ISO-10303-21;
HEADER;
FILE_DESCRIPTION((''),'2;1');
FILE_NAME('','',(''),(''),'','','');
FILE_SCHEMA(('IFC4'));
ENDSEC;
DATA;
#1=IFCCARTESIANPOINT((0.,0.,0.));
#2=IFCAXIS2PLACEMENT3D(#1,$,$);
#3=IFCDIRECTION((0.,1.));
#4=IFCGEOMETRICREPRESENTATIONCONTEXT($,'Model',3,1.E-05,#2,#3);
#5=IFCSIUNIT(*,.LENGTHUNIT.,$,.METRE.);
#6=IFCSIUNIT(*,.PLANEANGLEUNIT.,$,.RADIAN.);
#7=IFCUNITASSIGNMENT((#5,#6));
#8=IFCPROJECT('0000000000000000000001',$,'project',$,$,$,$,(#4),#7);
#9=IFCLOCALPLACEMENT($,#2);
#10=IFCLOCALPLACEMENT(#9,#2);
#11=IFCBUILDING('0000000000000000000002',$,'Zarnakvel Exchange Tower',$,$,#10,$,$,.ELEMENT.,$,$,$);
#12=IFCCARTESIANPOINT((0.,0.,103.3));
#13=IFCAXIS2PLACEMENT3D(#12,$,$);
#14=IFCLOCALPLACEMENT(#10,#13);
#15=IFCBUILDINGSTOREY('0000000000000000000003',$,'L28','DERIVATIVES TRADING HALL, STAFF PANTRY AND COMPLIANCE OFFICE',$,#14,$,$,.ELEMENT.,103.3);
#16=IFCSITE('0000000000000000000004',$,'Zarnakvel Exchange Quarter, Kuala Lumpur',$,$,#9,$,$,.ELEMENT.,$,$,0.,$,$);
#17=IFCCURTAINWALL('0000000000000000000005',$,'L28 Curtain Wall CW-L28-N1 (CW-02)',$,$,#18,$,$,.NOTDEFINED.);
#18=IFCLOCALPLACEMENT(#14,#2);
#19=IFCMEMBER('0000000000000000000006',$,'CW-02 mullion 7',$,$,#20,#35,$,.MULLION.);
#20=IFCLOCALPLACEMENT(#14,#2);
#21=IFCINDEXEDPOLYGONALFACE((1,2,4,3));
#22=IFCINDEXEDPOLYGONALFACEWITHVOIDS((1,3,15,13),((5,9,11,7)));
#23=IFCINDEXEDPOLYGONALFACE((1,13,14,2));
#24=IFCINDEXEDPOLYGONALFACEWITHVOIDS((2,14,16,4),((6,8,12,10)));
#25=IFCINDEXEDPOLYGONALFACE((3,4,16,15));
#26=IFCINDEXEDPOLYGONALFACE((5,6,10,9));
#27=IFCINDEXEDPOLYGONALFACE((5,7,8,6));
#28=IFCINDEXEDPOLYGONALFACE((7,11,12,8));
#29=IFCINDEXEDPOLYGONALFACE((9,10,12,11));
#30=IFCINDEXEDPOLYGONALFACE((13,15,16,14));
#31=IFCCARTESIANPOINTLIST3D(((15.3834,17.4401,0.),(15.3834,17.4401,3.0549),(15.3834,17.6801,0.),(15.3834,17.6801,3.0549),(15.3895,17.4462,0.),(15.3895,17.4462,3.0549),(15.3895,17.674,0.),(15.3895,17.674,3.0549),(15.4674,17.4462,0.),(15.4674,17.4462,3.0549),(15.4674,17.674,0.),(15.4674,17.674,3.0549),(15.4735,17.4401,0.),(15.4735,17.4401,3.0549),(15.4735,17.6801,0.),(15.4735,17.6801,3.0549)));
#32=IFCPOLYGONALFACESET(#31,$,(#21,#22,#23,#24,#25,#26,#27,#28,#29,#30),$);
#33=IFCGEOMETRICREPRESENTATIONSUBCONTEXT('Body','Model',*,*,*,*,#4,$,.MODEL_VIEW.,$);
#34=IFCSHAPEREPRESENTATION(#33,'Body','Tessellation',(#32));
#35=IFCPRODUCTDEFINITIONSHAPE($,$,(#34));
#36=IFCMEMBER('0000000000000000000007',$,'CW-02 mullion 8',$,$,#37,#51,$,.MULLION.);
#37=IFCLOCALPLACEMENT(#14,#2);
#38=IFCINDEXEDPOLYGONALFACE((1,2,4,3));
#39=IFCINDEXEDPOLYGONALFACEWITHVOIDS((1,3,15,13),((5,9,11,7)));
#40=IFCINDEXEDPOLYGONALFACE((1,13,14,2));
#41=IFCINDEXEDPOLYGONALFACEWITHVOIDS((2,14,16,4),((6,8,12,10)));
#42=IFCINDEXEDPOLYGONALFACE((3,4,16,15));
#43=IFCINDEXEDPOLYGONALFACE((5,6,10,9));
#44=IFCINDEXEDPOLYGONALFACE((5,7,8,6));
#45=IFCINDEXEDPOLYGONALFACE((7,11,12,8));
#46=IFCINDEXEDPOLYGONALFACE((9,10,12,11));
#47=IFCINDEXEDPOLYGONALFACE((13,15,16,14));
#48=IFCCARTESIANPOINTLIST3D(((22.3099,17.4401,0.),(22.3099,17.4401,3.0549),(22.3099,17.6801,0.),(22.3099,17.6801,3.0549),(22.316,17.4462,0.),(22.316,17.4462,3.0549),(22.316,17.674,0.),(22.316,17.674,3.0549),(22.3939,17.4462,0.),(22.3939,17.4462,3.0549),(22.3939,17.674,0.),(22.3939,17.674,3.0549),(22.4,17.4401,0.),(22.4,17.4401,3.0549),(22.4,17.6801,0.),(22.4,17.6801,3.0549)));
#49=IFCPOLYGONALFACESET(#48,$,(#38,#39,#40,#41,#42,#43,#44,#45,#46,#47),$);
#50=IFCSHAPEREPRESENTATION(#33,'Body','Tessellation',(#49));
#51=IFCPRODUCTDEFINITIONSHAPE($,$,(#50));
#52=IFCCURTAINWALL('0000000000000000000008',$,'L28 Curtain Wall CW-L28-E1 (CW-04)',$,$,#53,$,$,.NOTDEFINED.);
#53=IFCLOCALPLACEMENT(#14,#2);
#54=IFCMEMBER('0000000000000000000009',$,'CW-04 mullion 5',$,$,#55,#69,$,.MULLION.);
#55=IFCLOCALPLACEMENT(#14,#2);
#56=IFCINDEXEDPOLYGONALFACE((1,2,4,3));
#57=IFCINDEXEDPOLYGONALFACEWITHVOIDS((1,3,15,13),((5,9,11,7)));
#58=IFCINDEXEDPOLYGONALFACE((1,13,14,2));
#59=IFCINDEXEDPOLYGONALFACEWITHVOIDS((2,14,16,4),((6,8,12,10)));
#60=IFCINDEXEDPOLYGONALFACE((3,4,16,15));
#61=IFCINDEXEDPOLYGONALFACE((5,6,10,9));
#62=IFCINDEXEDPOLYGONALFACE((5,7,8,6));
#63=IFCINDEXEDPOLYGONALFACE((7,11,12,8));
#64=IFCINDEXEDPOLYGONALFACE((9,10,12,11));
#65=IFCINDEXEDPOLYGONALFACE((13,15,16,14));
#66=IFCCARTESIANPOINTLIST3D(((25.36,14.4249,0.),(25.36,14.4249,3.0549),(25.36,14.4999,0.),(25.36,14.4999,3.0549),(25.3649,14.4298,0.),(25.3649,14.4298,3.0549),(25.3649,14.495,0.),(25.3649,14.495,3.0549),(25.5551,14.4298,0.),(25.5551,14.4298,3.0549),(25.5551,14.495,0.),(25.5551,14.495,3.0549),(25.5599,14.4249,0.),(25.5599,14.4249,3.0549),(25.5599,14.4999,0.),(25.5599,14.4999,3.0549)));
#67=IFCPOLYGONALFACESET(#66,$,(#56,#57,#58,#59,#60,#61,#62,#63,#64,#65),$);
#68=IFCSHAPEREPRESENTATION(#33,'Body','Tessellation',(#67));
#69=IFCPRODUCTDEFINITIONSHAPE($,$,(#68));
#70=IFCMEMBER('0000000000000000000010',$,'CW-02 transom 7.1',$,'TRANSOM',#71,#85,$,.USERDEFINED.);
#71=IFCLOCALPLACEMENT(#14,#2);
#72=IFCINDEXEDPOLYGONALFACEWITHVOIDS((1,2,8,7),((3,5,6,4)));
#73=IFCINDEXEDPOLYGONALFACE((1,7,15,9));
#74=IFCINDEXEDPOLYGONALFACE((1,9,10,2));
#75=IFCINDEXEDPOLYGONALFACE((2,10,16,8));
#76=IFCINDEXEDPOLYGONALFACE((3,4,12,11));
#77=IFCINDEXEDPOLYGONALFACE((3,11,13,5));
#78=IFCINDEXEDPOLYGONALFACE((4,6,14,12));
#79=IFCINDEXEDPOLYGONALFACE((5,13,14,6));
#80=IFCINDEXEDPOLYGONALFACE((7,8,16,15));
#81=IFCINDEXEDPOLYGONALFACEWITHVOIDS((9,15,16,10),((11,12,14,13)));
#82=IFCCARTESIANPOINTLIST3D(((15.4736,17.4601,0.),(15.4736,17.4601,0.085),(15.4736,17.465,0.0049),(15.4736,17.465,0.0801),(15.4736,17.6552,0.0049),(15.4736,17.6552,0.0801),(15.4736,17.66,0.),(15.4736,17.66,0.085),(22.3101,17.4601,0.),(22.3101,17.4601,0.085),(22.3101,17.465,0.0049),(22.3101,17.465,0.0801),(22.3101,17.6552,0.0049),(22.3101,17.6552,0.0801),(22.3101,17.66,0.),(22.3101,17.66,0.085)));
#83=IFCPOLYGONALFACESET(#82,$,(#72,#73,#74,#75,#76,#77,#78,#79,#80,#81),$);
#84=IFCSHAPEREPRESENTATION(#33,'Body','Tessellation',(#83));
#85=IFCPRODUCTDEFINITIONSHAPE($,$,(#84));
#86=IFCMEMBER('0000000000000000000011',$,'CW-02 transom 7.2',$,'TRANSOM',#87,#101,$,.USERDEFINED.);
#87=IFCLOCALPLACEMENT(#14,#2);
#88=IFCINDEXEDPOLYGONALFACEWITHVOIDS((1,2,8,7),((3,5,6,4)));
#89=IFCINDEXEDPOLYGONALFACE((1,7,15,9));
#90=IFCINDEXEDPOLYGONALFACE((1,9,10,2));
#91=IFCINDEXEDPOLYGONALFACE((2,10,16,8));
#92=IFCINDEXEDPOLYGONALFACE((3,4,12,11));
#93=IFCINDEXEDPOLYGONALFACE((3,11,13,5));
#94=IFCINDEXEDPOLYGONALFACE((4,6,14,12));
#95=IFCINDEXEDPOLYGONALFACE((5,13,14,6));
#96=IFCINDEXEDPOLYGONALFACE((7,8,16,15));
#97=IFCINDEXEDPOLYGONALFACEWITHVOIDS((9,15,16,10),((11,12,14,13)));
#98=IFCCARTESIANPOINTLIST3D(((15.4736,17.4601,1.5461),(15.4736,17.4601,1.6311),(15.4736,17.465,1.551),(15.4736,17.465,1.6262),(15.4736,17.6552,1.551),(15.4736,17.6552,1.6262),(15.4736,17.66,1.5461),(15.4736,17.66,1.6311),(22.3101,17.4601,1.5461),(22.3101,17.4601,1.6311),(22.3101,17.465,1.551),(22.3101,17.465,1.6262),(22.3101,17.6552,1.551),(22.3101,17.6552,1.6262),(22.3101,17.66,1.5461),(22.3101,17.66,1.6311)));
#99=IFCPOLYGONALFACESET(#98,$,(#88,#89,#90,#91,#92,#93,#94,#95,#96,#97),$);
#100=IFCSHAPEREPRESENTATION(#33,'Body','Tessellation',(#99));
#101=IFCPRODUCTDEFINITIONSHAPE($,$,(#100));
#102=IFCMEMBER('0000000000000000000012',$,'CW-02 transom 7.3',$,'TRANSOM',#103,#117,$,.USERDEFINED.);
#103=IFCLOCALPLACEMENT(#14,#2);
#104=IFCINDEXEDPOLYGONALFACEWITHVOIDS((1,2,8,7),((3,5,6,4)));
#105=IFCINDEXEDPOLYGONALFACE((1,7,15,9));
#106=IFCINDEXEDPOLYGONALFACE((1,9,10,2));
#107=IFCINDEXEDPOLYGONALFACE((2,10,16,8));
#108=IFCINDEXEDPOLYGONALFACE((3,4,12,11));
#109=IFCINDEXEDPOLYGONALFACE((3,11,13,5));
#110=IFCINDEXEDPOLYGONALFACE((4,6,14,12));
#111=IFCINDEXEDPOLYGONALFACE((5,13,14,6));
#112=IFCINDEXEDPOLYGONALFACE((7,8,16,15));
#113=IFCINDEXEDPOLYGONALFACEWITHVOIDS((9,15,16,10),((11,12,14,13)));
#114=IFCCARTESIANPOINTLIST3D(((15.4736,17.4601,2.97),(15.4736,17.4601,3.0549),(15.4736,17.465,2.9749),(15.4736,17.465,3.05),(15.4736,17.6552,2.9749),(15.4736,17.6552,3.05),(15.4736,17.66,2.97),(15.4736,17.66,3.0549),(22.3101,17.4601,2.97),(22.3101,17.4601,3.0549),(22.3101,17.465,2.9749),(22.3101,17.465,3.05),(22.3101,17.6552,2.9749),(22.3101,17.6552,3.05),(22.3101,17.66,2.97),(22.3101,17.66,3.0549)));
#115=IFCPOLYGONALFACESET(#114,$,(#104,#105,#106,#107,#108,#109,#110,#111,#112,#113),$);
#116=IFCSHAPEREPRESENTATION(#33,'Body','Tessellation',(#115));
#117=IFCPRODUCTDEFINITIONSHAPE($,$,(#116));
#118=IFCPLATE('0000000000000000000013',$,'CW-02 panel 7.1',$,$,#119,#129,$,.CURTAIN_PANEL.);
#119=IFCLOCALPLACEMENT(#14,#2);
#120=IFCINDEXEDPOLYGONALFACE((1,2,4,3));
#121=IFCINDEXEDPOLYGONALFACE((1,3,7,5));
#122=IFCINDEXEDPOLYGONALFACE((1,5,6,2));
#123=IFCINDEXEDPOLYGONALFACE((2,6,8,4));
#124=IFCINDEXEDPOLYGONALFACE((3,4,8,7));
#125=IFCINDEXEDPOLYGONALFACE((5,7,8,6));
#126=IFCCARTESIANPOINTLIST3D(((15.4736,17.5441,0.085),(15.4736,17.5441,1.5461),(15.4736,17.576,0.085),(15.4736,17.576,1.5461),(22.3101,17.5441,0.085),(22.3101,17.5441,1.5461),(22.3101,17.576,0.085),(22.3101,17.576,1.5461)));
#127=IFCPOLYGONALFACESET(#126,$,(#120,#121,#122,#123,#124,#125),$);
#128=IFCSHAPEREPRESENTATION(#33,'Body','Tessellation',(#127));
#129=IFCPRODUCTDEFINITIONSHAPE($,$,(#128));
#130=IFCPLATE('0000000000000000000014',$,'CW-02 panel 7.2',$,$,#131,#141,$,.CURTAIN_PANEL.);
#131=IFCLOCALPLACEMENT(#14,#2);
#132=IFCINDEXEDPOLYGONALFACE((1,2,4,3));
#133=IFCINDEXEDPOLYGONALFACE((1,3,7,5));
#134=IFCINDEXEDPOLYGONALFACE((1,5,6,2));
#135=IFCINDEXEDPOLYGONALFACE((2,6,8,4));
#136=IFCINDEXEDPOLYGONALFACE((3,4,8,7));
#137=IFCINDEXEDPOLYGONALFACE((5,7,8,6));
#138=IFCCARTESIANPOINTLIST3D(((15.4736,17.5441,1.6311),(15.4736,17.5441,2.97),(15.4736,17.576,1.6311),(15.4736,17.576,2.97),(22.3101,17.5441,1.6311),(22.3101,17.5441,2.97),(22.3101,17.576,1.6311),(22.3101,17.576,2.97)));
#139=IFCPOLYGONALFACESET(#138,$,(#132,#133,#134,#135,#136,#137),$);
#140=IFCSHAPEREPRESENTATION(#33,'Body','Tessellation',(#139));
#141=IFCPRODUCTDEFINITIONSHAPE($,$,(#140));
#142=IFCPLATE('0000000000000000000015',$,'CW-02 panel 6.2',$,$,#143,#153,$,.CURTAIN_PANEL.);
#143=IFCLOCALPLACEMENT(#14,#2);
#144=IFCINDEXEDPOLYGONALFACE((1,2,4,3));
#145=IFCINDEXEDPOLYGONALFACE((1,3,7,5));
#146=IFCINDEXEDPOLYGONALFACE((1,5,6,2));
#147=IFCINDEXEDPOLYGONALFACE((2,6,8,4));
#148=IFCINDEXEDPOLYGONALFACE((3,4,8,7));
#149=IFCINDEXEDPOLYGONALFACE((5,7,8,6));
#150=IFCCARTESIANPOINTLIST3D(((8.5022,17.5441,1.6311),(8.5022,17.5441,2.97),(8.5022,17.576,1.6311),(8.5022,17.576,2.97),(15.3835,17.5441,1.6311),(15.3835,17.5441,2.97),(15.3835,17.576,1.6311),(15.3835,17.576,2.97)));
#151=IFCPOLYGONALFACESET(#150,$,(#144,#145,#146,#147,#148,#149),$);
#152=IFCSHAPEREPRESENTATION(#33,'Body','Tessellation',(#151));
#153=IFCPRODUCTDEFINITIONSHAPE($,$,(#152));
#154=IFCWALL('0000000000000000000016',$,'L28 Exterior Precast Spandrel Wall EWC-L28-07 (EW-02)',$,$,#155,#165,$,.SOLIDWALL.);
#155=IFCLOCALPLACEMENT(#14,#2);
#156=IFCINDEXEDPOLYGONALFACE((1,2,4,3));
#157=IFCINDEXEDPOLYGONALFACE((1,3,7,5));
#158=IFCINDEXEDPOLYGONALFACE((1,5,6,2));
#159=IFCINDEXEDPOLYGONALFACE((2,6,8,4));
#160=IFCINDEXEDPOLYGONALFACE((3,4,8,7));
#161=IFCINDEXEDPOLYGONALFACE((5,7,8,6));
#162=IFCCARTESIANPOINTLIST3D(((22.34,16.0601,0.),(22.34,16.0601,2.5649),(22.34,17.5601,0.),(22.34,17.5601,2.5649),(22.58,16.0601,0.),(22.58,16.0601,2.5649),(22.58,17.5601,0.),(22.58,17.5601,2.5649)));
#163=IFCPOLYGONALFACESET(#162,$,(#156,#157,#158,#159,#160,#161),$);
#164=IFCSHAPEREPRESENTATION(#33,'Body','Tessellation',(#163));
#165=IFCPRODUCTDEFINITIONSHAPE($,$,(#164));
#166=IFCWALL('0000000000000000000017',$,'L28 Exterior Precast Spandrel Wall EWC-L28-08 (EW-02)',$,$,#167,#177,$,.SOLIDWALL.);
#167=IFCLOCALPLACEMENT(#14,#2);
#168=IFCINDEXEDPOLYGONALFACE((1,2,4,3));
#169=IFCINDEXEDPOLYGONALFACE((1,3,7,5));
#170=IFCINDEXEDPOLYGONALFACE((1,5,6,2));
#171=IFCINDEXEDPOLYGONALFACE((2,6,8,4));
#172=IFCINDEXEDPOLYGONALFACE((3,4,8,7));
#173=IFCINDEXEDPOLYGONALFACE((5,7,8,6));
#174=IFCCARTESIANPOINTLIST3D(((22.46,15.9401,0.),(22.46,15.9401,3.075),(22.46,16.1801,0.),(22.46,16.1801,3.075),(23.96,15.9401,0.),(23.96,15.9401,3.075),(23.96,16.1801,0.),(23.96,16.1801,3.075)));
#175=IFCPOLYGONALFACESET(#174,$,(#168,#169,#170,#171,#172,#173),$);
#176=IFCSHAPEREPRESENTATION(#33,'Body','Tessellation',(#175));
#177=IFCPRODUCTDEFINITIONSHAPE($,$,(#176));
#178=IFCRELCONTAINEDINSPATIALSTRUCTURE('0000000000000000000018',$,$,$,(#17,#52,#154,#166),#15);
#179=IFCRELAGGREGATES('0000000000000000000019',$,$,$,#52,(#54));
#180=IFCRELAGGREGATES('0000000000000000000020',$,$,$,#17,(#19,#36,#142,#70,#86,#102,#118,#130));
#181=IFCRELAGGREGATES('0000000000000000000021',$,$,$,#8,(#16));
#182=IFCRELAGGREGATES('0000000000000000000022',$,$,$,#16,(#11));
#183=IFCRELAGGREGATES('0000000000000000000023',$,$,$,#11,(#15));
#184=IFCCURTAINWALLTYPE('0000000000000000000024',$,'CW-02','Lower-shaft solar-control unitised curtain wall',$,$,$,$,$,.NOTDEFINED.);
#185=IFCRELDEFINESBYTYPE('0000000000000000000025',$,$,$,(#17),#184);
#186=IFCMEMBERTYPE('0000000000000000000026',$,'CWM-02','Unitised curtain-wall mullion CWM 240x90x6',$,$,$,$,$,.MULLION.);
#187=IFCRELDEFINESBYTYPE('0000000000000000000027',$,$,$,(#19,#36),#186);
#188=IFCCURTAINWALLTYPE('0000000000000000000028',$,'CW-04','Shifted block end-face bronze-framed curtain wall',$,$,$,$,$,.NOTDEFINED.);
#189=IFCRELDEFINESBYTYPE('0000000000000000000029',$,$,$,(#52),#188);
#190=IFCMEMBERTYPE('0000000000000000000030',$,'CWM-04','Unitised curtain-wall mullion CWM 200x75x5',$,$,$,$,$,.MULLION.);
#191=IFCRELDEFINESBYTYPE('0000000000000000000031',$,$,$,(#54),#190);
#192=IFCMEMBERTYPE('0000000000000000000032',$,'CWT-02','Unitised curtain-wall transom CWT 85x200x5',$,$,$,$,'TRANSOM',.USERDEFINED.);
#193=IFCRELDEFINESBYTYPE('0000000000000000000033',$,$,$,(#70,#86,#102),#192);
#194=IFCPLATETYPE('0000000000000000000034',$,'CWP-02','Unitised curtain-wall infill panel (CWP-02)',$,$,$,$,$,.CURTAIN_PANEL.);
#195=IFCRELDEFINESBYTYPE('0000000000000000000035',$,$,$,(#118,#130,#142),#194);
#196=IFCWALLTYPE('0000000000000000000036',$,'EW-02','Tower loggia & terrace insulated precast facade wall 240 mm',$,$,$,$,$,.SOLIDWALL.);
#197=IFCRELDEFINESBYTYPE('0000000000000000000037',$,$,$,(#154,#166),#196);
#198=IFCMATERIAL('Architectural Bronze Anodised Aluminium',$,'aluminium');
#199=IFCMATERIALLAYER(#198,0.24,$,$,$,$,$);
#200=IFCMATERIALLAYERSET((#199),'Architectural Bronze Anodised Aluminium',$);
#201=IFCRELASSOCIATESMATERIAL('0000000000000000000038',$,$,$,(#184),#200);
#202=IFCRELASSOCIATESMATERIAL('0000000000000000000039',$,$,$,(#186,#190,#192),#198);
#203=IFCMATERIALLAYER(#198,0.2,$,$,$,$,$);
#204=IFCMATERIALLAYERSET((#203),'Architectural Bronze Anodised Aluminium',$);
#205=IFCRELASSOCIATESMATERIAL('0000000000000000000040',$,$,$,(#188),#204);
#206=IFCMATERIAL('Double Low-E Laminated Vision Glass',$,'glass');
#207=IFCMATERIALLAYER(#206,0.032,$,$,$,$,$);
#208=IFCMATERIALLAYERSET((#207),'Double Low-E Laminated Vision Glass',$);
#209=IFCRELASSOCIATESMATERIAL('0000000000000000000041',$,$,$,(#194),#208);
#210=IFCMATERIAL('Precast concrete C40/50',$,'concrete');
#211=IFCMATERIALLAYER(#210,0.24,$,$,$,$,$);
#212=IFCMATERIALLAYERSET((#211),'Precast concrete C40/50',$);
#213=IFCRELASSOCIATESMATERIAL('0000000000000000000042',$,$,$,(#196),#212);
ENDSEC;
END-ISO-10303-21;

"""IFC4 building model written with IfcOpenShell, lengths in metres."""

from ifc_helpers import new_model, si_unit, direction, frame, frame_2d, origin, origin_2d, place, context, subcontext, project, spatial, rectangle, hollow_rectangle, extrude, source, transform, mapped, material, layer, layer_set, material_profile, profile_set, type_object, element, aggregate, save


model = new_model("IFC4")

# Units and contexts
model_context = context("Model", 3, precision=1e-05, world=origin(), true_north=direction((0.0, 1.0)))
body_context = subcontext(model_context, "Body", "Model", "MODEL_VIEW")
ifc_project = project(units=[si_unit("LENGTHUNIT", "METRE"), si_unit("PLANEANGLEUNIT", "RADIAN")], contexts=[model_context])

# Site, building, storey
site_placement = place(None, origin())
site = spatial("IfcSite", under=ifc_project, at=site_placement, Name="Zarnakvel Exchange Quarter, Kuala Lumpur", CompositionType="ELEMENT", RefElevation=0.0)
building_placement = place(site_placement, origin())
building = spatial("IfcBuilding", under=site, at=building_placement, Name="Zarnakvel Exchange Tower", CompositionType="ELEMENT")
storey_placement = place(building_placement, frame((0.0, 0.0, 103.3)))
storey = spatial("IfcBuildingStorey", under=building, at=storey_placement, Name="L28", Description="DERIVATIVES TRADING HALL, STAFF PANTRY AND COMPLIANCE OFFICE", CompositionType="ELEMENT", Elevation=103.3)

# Curtain wall, members
ifc_material_1 = material(Name="Architectural Bronze Anodised Aluminium", Category="aluminium")
ifc_layer_1 = layer(ifc_material_1, 0.24)
ifc_layer_set_1 = layer_set([ifc_layer_1], Name="Architectural Bronze Anodised Aluminium")
curtain_wall_type_1 = type_object("IfcCurtainWallType", Name="CW-02", Description="Lower-shaft solar-control unitised curtain wall", PredefinedType="NOTDEFINED", material=ifc_layer_set_1)
curtain_wall_1_placement = place(storey_placement, origin())
curtain_wall_1 = element("IfcCurtainWall", 1, at=curtain_wall_1_placement, inside=storey, type_object=curtain_wall_type_1, Name="L28 Curtain Wall CW-L28-N1 (CW-02)", PredefinedType="NOTDEFINED")
ifc_material_profile_1 = material_profile(ifc_material_1, hollow_rectangle(XDim=0.24, YDim=0.0901, WallThickness=0.0061, at=origin_2d()))
ifc_profile_set_1 = profile_set([ifc_material_profile_1], Name="Architectural Bronze Anodised Aluminium")
member_type_1 = type_object("IfcMemberType", Name="CWM-02", Description="Unitised curtain-wall mullion CWM 240x90x6", PredefinedType="MULLION", material=ifc_profile_set_1)
shared_shape_1 = source(origin(), body_context, "Body", "SweptSolid", [
    extrude(hollow_rectangle(XDim=0.24, YDim=0.0901, WallThickness=0.0061, at=origin_2d()), origin(), (0.0, 0.0, 1.0), 3.0549),
])
member_1_placement = place(storey_placement, frame((15.4285, 17.5601, 0.0), z_axis=(0.0, 0.0, 1.0), x_axis=(0.0, 1.0, 0.0)))
member_1 = element("IfcMember", 2, at=member_1_placement, type_object=member_type_1, Name="CW-02 mullion 7", PredefinedType="MULLION", context=body_context, shape_type="MappedRepresentation", body=[
    mapped(shared_shape_1, transform((0.0, 0.0, 0.0), x_axis=(1.0, 0.0, 0.0), y_axis=(0.0, 1.0, 0.0), z_axis=(0.0, 0.0, 1.0), scale=1.0)),
])
member_2_placement = place(storey_placement, frame((22.355, 17.5601, 0.0), z_axis=(0.0, 0.0, 1.0), x_axis=(0.0, 1.0, 0.0)))
member_2 = element("IfcMember", 3, at=member_2_placement, type_object=member_type_1, Name="CW-02 mullion 8", PredefinedType="MULLION", context=body_context, shape_type="MappedRepresentation", body=[
    mapped(shared_shape_1, transform((0.0, 0.0, 0.0), x_axis=(1.0, 0.0, 0.0), y_axis=(0.0, 1.0, 0.0), z_axis=(0.0, 0.0, 1.0), scale=1.0)),
])

# Curtain wall, member
ifc_layer_2 = layer(ifc_material_1, 0.2)
ifc_layer_set_2 = layer_set([ifc_layer_2], Name="Architectural Bronze Anodised Aluminium")
curtain_wall_type_2 = type_object("IfcCurtainWallType", Name="CW-04", Description="Shifted block end-face bronze-framed curtain wall", PredefinedType="NOTDEFINED", material=ifc_layer_set_2)
curtain_wall_2_placement = place(storey_placement, origin())
curtain_wall_2 = element("IfcCurtainWall", 4, at=curtain_wall_2_placement, inside=storey, type_object=curtain_wall_type_2, Name="L28 Curtain Wall CW-L28-E1 (CW-04)", PredefinedType="NOTDEFINED")
ifc_material_profile_2 = material_profile(ifc_material_1, hollow_rectangle(XDim=0.2, YDim=0.075, WallThickness=0.0049, at=origin_2d()))
ifc_profile_set_2 = profile_set([ifc_material_profile_2], Name="Architectural Bronze Anodised Aluminium")
member_type_2 = type_object("IfcMemberType", Name="CWM-04", Description="Unitised curtain-wall mullion CWM 200x75x5", PredefinedType="MULLION", material=ifc_profile_set_2)
shared_shape_2 = source(origin(), body_context, "Body", "SweptSolid", [
    extrude(hollow_rectangle(XDim=0.2, YDim=0.075, WallThickness=0.0049, at=origin_2d()), origin(), (0.0, 0.0, 1.0), 3.0549),
])
member_3_placement = place(storey_placement, frame((25.46, 14.4624, 0.0), z_axis=(0.0, 0.0, 1.0), x_axis=(-1.0, 0.0, 0.0)))
member_3 = element("IfcMember", 5, at=member_3_placement, type_object=member_type_2, Name="CW-04 mullion 5", PredefinedType="MULLION", context=body_context, shape_type="MappedRepresentation", body=[
    mapped(shared_shape_2, transform((0.0, 0.0, 0.0), x_axis=(1.0, 0.0, 0.0), y_axis=(0.0, 1.0, 0.0), z_axis=(0.0, 0.0, 1.0), scale=1.0)),
])
aggregate(curtain_wall_2, [member_3])

# Members
ifc_material_profile_3 = material_profile(ifc_material_1, hollow_rectangle(XDim=0.2, YDim=0.085, WallThickness=0.0049, at=origin_2d()))
ifc_profile_set_3 = profile_set([ifc_material_profile_3], Name="Architectural Bronze Anodised Aluminium")
member_type_3 = type_object("IfcMemberType", Name="CWT-02", Description="Unitised curtain-wall transom CWT 85x200x5", ElementType="TRANSOM", PredefinedType="USERDEFINED", material=ifc_profile_set_3)
shared_shape_3 = source(origin(), body_context, "Body", "SweptSolid", [
    extrude(hollow_rectangle(XDim=0.2, YDim=0.085, WallThickness=0.0049, at=origin_2d()), origin(), (0.0, 0.0, 1.0), 6.8364),
])
member_4_placement = place(storey_placement, frame((15.4736, 17.5601, 0.0425), z_axis=(1.0, 0.0, 0.0), x_axis=(0.0, 1.0, 0.0)))
member_4 = element("IfcMember", 6, at=member_4_placement, type_object=member_type_3, Name="CW-02 transom 7.1", ObjectType="TRANSOM", PredefinedType="USERDEFINED", context=body_context, shape_type="MappedRepresentation", body=[
    mapped(shared_shape_3, transform((0.0, 0.0, 0.0), x_axis=(1.0, 0.0, 0.0), y_axis=(0.0, 1.0, 0.0), z_axis=(0.0, 0.0, 1.0), scale=1.0)),
])
member_5_placement = place(storey_placement, frame((15.4736, 17.5601, 1.5886), z_axis=(1.0, 0.0, 0.0), x_axis=(0.0, 1.0, 0.0)))
member_5 = element("IfcMember", 7, at=member_5_placement, type_object=member_type_3, Name="CW-02 transom 7.2", ObjectType="TRANSOM", PredefinedType="USERDEFINED", context=body_context, shape_type="MappedRepresentation", body=[
    mapped(shared_shape_3, transform((0.0, 0.0, 0.0), x_axis=(1.0, 0.0, 0.0), y_axis=(0.0, 1.0, 0.0), z_axis=(0.0, 0.0, 1.0), scale=1.0)),
])
member_6_placement = place(storey_placement, frame((15.4736, 17.5601, 3.0125), z_axis=(1.0, 0.0, 0.0), x_axis=(0.0, 1.0, 0.0)))
member_6 = element("IfcMember", 8, at=member_6_placement, type_object=member_type_3, Name="CW-02 transom 7.3", ObjectType="TRANSOM", PredefinedType="USERDEFINED", context=body_context, shape_type="MappedRepresentation", body=[
    mapped(shared_shape_3, transform((0.0, 0.0, 0.0), x_axis=(1.0, 0.0, 0.0), y_axis=(0.0, 1.0, 0.0), z_axis=(0.0, 0.0, 1.0), scale=1.0)),
])

# Plates
ifc_material_2 = material(Name="Double Low-E Laminated Vision Glass", Category="glass")
ifc_layer_3 = layer(ifc_material_2, 0.032)
ifc_layer_set_3 = layer_set([ifc_layer_3], Name="Double Low-E Laminated Vision Glass")
plate_type = type_object("IfcPlateType", Name="CWP-02", Description="Unitised curtain-wall infill panel (CWP-02)", PredefinedType="CURTAIN_PANEL", material=ifc_layer_set_3)
shared_shape_4 = source(origin(), body_context, "Body", "SweptSolid", [
    extrude(rectangle(XDim=6.8364, YDim=0.032, at=origin_2d()), origin(), (0.0, 0.0, 1.0), 1.4612),
])
plate_1_placement = place(storey_placement, frame((18.8918, 17.5601, 0.085), z_axis=(0.0, 0.0, 1.0), x_axis=(1.0, 0.0, 0.0)))
plate_1 = element("IfcPlate", 9, at=plate_1_placement, type_object=plate_type, Name="CW-02 panel 7.1", PredefinedType="CURTAIN_PANEL", context=body_context, shape_type="MappedRepresentation", body=[
    mapped(shared_shape_4, transform((0.0, 0.0, 0.0), x_axis=(1.0, 0.0, 0.0), y_axis=(0.0, 1.0, 0.0), z_axis=(0.0, 0.0, 1.0), scale=1.0)),
])
shared_shape_5 = source(origin(), body_context, "Body", "SweptSolid", [
    extrude(rectangle(XDim=6.8364, YDim=0.032, at=origin_2d()), origin(), (0.0, 0.0, 1.0), 1.3389),
])
plate_2_placement = place(storey_placement, frame((18.8918, 17.5601, 1.6311), z_axis=(0.0, 0.0, 1.0), x_axis=(1.0, 0.0, 0.0)))
plate_2 = element("IfcPlate", 10, at=plate_2_placement, type_object=plate_type, Name="CW-02 panel 7.2", PredefinedType="CURTAIN_PANEL", context=body_context, shape_type="MappedRepresentation", body=[
    mapped(shared_shape_5, transform((0.0, 0.0, 0.0), x_axis=(1.0, 0.0, 0.0), y_axis=(0.0, 1.0, 0.0), z_axis=(0.0, 0.0, 1.0), scale=1.0)),
])
shared_shape_6 = source(origin(), body_context, "Body", "SweptSolid", [
    extrude(rectangle(XDim=6.8813, YDim=0.032, at=origin_2d()), origin(), (0.0, 0.0, 1.0), 1.3389),
])
plate_3_placement = place(storey_placement, frame((11.9429, 17.5601, 1.6311), z_axis=(0.0, 0.0, 1.0), x_axis=(1.0, 0.0, 0.0)))
plate_3 = element("IfcPlate", 11, at=plate_3_placement, type_object=plate_type, Name="CW-02 panel 6.2", PredefinedType="CURTAIN_PANEL", context=body_context, shape_type="MappedRepresentation", body=[
    mapped(shared_shape_6, transform((0.0, 0.0, 0.0), x_axis=(1.0, 0.0, 0.0), y_axis=(0.0, 1.0, 0.0), z_axis=(0.0, 0.0, 1.0), scale=1.0)),
])
aggregate(curtain_wall_1, [member_1, member_2, plate_3, member_4, member_5, member_6, plate_1, plate_2])

# Walls
ifc_material_3 = material(Name="Precast concrete C40/50", Category="concrete")
ifc_layer_4 = layer(ifc_material_3, 0.24)
ifc_layer_set_4 = layer_set([ifc_layer_4], Name="Precast concrete C40/50")
wall_type_1 = type_object("IfcWallType", Name="EW-02", Description="Tower loggia & terrace insulated precast facade wall 240 mm", PredefinedType="SOLIDWALL", material=ifc_layer_set_4)
wall_1_placement = place(storey_placement, frame((22.46, 16.0601, 0.0), z_axis=(0.0, 0.0, 1.0), x_axis=(0.0, 1.0, 0.0)))
element("IfcWall", 12, at=wall_1_placement, inside=storey, type_object=wall_type_1, Name="L28 Exterior Precast Spandrel Wall EWC-L28-07 (EW-02)", PredefinedType="SOLIDWALL", context=body_context, shape_type="SweptSolid", body=[
    extrude(rectangle(XDim=1.5, YDim=0.24, at=frame_2d((0.75, 0.0))), origin(), (0.0, 0.0, 1.0), 2.5649),
])
for number, where, z_axis, x_axis, name in (
    (13, (23.96, 16.0601, 0.0), (0.0, 0.0, 1.0), (-1.0, 0.0, 0.0), "L28 Exterior Precast Spandrel Wall EWC-L28-08 (EW-02)"),
):
    element("IfcWall", number, at=place(storey_placement, frame(where, z_axis=z_axis, x_axis=x_axis)), inside=storey, type_object=wall_type_1, Name=name, PredefinedType="SOLIDWALL", context=body_context, shape_type="SweptSolid", body=[
        extrude(rectangle(XDim=1.5, YDim=0.24, at=frame_2d((0.75, 0.0))), origin(), (0.0, 0.0, 1.0), 3.075),
    ])

save(model, "model.ifc")
